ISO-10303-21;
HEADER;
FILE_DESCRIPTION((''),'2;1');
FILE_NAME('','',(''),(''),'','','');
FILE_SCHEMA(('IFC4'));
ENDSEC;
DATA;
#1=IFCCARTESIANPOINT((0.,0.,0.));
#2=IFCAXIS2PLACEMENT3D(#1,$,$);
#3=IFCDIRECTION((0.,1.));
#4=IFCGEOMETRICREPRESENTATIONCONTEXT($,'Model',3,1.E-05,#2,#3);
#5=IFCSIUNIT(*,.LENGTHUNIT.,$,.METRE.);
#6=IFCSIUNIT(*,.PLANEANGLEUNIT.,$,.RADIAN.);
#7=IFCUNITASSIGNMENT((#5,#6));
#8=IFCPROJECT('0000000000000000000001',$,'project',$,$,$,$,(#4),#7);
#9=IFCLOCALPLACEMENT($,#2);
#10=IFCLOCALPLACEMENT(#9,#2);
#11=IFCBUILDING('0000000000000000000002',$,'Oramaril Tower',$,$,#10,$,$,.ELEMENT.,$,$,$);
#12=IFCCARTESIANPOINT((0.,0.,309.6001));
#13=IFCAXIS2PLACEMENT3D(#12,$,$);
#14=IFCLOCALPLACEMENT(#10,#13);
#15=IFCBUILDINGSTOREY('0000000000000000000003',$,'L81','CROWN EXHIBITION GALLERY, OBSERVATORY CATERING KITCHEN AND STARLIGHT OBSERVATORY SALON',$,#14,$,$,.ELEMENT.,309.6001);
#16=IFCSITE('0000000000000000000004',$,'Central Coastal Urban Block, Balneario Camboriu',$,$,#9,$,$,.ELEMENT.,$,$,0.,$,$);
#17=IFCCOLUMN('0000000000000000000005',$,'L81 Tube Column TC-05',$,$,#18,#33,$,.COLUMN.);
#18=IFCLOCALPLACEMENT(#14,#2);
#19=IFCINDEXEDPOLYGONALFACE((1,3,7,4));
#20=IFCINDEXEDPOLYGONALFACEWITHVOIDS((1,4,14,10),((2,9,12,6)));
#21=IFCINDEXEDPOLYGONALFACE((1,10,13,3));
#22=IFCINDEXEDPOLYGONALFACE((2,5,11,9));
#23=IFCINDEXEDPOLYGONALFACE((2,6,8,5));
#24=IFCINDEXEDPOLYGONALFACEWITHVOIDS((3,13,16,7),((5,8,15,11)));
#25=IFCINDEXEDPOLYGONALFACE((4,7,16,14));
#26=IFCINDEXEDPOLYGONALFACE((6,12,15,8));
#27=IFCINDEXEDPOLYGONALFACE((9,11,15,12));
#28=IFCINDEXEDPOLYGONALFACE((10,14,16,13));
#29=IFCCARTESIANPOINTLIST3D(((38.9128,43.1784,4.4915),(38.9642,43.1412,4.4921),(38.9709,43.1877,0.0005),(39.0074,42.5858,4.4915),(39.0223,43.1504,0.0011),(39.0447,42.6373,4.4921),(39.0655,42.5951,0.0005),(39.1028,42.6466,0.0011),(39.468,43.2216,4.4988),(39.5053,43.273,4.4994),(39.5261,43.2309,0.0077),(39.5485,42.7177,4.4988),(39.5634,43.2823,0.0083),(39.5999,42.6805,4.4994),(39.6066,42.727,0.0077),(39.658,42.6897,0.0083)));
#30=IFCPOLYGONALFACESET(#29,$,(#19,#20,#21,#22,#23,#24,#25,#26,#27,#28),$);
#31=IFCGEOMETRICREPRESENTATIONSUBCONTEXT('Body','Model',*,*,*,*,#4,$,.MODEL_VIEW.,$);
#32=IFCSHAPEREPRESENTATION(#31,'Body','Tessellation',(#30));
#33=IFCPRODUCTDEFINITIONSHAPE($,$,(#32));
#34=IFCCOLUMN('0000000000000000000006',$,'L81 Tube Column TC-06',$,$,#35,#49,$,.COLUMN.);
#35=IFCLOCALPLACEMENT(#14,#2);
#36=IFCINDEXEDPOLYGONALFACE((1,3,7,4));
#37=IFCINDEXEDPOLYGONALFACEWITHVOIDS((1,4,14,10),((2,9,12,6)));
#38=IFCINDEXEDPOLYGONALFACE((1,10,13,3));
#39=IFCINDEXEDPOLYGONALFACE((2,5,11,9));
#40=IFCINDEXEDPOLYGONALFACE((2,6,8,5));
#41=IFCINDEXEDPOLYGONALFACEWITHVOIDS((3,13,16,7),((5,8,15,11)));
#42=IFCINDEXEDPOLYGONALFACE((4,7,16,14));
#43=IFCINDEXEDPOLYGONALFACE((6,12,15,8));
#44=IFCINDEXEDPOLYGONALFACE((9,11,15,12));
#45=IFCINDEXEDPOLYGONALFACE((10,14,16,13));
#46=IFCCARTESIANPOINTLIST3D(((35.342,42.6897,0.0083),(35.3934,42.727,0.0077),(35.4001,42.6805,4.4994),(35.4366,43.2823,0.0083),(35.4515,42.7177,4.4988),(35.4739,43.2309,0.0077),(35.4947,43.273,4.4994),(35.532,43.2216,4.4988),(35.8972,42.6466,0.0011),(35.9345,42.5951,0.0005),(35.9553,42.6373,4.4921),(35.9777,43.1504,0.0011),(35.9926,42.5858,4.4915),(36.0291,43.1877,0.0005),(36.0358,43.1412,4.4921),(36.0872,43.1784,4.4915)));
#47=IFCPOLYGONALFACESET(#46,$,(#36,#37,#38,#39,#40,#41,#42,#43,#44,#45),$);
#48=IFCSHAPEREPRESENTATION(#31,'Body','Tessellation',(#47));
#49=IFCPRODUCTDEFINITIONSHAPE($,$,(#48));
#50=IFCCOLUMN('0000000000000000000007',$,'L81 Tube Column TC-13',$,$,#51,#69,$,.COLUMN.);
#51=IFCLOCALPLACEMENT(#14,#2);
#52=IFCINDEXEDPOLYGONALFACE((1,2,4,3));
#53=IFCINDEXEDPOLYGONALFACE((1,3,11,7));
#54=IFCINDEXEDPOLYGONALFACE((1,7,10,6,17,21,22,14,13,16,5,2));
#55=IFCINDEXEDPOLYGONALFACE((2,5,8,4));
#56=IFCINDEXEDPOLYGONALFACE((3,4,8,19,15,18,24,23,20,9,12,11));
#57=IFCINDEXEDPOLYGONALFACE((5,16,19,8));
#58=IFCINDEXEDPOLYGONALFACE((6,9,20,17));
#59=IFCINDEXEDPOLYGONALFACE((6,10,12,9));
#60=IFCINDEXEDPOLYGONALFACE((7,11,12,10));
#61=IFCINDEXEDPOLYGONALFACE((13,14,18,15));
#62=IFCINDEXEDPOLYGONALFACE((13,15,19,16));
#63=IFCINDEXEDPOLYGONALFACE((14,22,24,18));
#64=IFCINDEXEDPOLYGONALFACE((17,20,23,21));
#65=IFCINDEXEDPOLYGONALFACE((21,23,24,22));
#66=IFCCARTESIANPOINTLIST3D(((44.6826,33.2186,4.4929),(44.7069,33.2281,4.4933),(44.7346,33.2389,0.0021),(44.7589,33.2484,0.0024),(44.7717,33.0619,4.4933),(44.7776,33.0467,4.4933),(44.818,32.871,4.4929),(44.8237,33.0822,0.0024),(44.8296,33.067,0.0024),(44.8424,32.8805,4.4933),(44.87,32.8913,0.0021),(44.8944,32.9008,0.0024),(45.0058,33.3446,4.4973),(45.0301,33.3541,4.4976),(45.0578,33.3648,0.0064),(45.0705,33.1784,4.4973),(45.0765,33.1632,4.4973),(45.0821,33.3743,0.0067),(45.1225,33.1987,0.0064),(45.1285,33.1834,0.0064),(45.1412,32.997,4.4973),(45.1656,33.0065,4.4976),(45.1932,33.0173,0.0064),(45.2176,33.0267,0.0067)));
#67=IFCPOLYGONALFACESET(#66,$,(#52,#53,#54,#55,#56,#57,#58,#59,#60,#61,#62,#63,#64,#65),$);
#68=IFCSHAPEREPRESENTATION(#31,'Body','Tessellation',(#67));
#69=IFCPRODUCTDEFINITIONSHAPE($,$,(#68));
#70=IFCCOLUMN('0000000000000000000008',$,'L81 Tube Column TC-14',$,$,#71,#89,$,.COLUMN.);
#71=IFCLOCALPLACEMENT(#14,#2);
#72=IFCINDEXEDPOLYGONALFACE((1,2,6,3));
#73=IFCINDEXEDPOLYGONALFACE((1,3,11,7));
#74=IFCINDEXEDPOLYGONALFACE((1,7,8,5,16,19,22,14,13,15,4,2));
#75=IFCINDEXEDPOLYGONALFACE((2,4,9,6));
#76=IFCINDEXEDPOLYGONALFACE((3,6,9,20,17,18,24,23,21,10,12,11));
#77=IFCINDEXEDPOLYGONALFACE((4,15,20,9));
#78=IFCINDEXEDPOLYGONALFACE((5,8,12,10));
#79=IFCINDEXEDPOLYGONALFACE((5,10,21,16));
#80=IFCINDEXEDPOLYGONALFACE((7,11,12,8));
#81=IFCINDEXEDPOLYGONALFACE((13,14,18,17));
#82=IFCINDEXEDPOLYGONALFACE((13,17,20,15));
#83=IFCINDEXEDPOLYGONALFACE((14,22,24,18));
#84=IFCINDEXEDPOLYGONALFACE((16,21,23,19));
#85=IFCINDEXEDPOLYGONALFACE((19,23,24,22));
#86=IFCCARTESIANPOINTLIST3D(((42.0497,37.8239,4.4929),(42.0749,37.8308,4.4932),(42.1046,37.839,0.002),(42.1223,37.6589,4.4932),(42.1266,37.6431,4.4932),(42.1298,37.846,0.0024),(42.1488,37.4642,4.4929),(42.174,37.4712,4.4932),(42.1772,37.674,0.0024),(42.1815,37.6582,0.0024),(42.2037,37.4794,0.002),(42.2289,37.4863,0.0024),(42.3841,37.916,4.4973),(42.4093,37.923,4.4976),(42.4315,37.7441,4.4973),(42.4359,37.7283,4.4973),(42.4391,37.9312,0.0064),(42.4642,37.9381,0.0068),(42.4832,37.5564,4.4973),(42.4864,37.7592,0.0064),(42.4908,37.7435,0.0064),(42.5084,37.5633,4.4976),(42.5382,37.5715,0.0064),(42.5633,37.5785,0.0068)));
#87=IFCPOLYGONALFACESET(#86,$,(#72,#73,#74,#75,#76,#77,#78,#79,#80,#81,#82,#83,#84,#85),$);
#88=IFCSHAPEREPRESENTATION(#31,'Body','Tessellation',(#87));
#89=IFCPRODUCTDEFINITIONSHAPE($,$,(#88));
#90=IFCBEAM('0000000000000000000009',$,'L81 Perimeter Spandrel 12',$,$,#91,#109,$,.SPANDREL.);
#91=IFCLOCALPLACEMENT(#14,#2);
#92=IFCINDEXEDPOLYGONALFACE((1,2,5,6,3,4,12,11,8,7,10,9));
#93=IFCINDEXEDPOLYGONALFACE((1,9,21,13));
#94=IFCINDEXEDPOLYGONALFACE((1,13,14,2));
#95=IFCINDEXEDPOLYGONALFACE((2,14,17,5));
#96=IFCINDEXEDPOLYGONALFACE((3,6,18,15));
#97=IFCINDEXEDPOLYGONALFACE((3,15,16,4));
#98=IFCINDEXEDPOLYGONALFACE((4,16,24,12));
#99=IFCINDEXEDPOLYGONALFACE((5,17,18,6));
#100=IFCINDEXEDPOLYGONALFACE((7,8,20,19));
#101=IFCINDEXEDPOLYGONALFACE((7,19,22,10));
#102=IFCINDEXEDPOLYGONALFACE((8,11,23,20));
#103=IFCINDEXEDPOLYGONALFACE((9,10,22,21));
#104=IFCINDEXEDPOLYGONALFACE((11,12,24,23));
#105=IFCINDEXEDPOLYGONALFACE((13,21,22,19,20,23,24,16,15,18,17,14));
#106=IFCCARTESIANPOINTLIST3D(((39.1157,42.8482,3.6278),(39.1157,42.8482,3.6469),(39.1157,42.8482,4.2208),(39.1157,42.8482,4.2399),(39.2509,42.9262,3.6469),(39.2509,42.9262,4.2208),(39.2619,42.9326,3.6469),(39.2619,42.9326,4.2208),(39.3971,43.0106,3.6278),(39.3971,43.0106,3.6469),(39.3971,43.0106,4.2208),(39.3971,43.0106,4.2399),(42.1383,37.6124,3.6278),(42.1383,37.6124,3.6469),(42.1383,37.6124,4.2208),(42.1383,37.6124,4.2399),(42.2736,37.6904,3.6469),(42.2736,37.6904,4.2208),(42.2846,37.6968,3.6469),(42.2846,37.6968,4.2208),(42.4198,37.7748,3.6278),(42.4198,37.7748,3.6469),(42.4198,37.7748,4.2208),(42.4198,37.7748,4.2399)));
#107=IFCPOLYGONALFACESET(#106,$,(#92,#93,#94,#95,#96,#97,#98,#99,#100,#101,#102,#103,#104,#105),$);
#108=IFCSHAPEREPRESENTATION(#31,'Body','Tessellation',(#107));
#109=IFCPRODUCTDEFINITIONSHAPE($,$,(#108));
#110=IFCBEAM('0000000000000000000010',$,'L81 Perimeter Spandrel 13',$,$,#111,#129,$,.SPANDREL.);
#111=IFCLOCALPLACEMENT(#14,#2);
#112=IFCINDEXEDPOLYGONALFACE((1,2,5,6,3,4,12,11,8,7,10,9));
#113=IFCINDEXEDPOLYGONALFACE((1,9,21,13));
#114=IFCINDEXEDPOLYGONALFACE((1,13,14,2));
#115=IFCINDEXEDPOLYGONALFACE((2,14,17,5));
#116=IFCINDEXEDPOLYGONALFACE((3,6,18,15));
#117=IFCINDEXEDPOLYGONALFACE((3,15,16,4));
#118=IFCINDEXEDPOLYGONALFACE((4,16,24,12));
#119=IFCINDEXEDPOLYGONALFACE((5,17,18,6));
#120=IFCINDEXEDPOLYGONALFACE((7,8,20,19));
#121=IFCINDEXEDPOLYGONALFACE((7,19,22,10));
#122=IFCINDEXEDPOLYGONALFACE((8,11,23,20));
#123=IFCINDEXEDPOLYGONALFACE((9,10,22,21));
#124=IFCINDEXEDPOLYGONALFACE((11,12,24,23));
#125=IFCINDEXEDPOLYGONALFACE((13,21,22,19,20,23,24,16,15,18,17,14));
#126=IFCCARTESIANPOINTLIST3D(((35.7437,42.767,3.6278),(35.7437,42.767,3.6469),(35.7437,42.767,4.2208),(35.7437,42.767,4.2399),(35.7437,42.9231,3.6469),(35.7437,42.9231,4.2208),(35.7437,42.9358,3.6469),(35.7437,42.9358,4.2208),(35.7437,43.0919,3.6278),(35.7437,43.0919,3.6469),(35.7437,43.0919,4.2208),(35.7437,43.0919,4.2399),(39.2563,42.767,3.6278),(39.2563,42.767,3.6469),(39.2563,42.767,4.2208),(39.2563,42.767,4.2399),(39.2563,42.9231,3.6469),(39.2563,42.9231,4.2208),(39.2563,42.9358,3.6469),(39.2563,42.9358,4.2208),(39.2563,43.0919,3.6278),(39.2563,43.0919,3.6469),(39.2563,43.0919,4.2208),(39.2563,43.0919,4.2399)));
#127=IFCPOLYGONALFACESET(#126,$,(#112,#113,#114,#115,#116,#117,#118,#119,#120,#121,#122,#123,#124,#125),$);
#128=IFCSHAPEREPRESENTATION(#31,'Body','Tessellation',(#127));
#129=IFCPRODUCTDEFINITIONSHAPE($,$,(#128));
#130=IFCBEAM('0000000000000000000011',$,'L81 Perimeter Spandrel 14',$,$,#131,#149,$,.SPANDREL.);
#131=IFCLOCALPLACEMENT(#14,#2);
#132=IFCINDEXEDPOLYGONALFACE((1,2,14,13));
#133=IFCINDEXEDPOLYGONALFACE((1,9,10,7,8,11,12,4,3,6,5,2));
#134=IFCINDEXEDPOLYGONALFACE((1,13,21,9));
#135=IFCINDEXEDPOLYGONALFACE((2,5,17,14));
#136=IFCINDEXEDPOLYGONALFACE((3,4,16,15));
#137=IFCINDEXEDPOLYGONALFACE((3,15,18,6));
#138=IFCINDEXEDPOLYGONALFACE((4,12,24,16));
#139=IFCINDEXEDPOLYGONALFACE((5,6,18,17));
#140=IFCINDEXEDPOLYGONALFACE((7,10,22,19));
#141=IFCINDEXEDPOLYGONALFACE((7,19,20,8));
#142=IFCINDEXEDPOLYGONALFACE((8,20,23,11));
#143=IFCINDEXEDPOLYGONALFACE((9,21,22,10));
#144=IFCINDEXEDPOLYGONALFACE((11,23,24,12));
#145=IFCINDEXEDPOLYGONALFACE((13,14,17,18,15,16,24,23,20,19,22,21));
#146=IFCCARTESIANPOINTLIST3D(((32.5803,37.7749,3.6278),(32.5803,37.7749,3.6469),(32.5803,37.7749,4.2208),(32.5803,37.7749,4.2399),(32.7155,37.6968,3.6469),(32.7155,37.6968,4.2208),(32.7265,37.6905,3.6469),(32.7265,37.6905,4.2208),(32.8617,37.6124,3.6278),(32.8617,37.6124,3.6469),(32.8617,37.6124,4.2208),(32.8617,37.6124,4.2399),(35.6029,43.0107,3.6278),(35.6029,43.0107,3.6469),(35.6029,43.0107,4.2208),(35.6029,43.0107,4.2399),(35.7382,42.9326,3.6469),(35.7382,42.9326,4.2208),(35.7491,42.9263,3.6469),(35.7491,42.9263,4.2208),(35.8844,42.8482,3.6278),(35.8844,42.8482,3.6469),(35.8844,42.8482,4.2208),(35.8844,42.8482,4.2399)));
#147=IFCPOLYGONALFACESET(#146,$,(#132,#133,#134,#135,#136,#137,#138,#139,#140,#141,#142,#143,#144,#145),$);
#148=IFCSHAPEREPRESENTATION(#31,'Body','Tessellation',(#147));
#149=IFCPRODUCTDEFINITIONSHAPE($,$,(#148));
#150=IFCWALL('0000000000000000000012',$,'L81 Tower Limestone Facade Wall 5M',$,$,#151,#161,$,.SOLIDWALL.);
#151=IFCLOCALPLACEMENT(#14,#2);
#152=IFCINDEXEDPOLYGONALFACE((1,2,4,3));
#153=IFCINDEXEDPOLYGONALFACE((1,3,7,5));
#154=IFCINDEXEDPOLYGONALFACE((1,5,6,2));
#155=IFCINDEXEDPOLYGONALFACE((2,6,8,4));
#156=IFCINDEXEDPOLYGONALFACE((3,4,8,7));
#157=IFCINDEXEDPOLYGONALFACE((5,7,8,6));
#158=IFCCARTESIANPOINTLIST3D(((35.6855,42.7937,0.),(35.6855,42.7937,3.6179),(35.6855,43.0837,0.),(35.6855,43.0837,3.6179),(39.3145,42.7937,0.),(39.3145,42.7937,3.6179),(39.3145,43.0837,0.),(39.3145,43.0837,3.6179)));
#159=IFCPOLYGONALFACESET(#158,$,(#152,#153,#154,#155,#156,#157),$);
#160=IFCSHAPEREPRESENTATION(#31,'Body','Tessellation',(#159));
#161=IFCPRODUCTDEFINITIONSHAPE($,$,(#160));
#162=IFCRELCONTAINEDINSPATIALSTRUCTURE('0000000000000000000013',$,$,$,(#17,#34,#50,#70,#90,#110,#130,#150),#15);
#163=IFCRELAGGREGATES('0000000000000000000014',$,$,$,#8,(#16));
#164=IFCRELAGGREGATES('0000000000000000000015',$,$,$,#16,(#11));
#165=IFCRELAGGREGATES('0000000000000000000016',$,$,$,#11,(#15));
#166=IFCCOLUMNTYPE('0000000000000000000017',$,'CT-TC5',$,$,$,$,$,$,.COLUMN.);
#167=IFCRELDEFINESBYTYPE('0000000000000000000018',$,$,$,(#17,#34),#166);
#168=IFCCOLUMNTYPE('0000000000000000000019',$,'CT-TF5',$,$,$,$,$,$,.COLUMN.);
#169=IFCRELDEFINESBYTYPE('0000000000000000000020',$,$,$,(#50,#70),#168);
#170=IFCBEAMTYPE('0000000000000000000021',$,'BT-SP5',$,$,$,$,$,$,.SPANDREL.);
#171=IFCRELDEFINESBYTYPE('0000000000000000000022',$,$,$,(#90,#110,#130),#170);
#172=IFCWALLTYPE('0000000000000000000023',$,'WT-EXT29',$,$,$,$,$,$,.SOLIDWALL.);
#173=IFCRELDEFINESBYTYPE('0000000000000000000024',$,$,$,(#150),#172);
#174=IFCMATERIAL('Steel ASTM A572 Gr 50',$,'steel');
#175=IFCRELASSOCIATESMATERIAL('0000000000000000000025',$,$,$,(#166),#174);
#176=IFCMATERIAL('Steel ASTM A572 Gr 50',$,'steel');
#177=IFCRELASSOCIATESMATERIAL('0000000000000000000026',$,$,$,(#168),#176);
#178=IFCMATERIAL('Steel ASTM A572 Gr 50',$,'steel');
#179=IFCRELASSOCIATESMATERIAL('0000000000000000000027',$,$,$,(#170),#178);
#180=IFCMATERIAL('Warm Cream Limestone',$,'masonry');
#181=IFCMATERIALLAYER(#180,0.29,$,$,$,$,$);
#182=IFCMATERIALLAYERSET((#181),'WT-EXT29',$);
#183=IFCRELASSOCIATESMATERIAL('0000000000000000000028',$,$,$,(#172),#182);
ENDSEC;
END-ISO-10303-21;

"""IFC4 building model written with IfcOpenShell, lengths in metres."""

from ifc_helpers import new_model, si_unit, direction, frame, frame_2d, origin, origin_2d, place, context, subcontext, project, spatial, rectangle, hollow_rectangle, i_section, extrude, material, layer, layer_set, material_profile, profile_set, type_object, element, save


model = new_model("IFC4")

# Units and contexts
model_context = context("Model", 3, precision=1e-05, world=origin(), true_north=direction((0.0, 1.0)))
body_context = subcontext(model_context, "Body", "Model", "MODEL_VIEW")
ifc_project = project(units=[si_unit("LENGTHUNIT", "METRE"), si_unit("PLANEANGLEUNIT", "RADIAN")], contexts=[model_context])

# Site, building, storey
site_placement = place(None, origin())
site = spatial("IfcSite", under=ifc_project, at=site_placement, Name="Central Coastal Urban Block, Balneario Camboriu", CompositionType="ELEMENT", RefElevation=0.0)
building_placement = place(site_placement, origin())
building = spatial("IfcBuilding", under=site, at=building_placement, Name="Oramaril Tower", CompositionType="ELEMENT")
storey_placement = place(building_placement, frame((0.0, 0.0, 309.6001)))
storey = spatial("IfcBuildingStorey", under=building, at=storey_placement, Name="L81", Description="CROWN EXHIBITION GALLERY, OBSERVATORY CATERING KITCHEN AND STARLIGHT OBSERVATORY SALON", CompositionType="ELEMENT", Elevation=309.6001)

# Columns
ifc_material_1 = material(Name="Steel ASTM A572 Gr 50", Category="steel")
ifc_material_profile_1 = material_profile(ifc_material_1, hollow_rectangle(XDim=0.6001, YDim=0.6001, WallThickness=0.0449, at=origin_2d()), Name="BOX600X600X45")
ifc_profile_set_1 = profile_set([ifc_material_profile_1], Name="Steel ASTM A572 Gr 50")
column_type_1 = type_object("IfcColumnType", Name="CT-TC5", PredefinedType="COLUMN", material=ifc_profile_set_1)
for number, where, z_axis, x_axis, name in (
    (1, (39.3145, 42.9387, 0.0044), (-0.012937, -0.002066, 0.999914), (0.157667, -0.987492, 0.0), "L81 Tube Column TC-05"),
    (2, (35.6855, 42.9387, 0.0044), (0.012937, -0.002066, 0.999914), (0.157667, 0.987492, 0.0), "L81 Tube Column TC-06"),
):
    element("IfcColumn", number, at=place(storey_placement, frame(where, z_axis=z_axis, x_axis=x_axis)), inside=storey, type_object=column_type_1, Name=name, PredefinedType="COLUMN", context=body_context, shape_type="SweptSolid", body=[
        extrude(hollow_rectangle(XDim=0.6001, YDim=0.6001, WallThickness=0.0449, at=origin_2d()), origin(), (0.0, 0.0, 1.0), 4.4915),
    ])
ifc_material_2 = material(Name="Steel ASTM A572 Gr 50", Category="steel")
ifc_material_profile_2 = material_profile(ifc_material_2, i_section(OverallWidth=0.373, OverallDepth=0.373, WebThickness=0.0164, FlangeThickness=0.0261, at=origin_2d()), Name="W14X132")
ifc_profile_set_2 = profile_set([ifc_material_profile_2], Name="Steel ASTM A572 Gr 50")
column_type_2 = type_object("IfcColumnType", Name="CT-TF5", PredefinedType="COLUMN", material=ifc_profile_set_2)
for number, where, z_axis, x_axis, name in (
    (3, (44.9761, 33.1328, 0.0044), (-0.011578, -0.004512, 0.999923), (0.363079, -0.931758, 0.0), "L81 Tube Column TC-13"),
    (4, (42.334, 37.7087, 0.0044), (-0.012231, -0.00337, 0.99992), (0.265654, -0.964068, 0.0), "L81 Tube Column TC-14"),
):
    element("IfcColumn", number, at=place(storey_placement, frame(where, z_axis=z_axis, x_axis=x_axis)), inside=storey, type_object=column_type_2, Name=name, PredefinedType="COLUMN", context=body_context, shape_type="SweptSolid", body=[
        extrude(i_section(OverallWidth=0.373, OverallDepth=0.373, WebThickness=0.0164, FlangeThickness=0.0261, at=origin_2d()), origin(), (0.0, 0.0, 1.0), 4.4912),
    ])

# Beams
ifc_material_3 = material(Name="Steel ASTM A572 Gr 50", Category="steel")
ifc_material_profile_3 = material_profile(ifc_material_3, i_section(OverallWidth=0.325, OverallDepth=0.6121, WebThickness=0.0127, FlangeThickness=0.019, at=origin_2d()), Name="W24X104")
ifc_profile_set_3 = profile_set([ifc_material_profile_3], Name="Steel ASTM A572 Gr 50")
beam_type = type_object("IfcBeamType", Name="BT-SP5", PredefinedType="SPANDREL", material=ifc_profile_set_3)
beam_1_placement = place(storey_placement, frame((42.2791, 37.6936, 3.9338), z_axis=(-0.499974, 0.86604, 0.0), x_axis=(-0.86604, -0.499974, 0.0)))
element("IfcBeam", 5, at=beam_1_placement, inside=storey, type_object=beam_type, Name="L81 Perimeter Spandrel 12", PredefinedType="SPANDREL", context=body_context, shape_type="SweptSolid", body=[
    extrude(i_section(OverallWidth=0.325, OverallDepth=0.6121, WebThickness=0.0127, FlangeThickness=0.019, at=origin_2d()), origin(), (0.0, 0.0, 1.0), 6.0457),
])
beam_2_placement = place(storey_placement, frame((39.2563, 42.9294, 3.9338), z_axis=(-1.0, 0.0, 0.0), x_axis=(0.0, -1.0, 0.0)))
element("IfcBeam", 6, at=beam_2_placement, inside=storey, type_object=beam_type, Name="L81 Perimeter Spandrel 13", PredefinedType="SPANDREL", context=body_context, shape_type="SweptSolid", body=[
    extrude(i_section(OverallWidth=0.325, OverallDepth=0.6121, WebThickness=0.0127, FlangeThickness=0.019, at=origin_2d()), origin(), (0.0, 0.0, 1.0), 3.5127),
])
beam_3_placement = place(storey_placement, frame((35.7437, 42.9294, 3.9338), z_axis=(-0.499974, -0.86604, 0.0), x_axis=(0.86604, -0.499974, 0.0)))
element("IfcBeam", 7, at=beam_3_placement, inside=storey, type_object=beam_type, Name="L81 Perimeter Spandrel 14", PredefinedType="SPANDREL", context=body_context, shape_type="SweptSolid", body=[
    extrude(i_section(OverallWidth=0.325, OverallDepth=0.6121, WebThickness=0.0127, FlangeThickness=0.019, at=origin_2d()), origin(), (0.0, 0.0, 1.0), 6.0457),
])

# Wall
ifc_material_4 = material(Name="Warm Cream Limestone", Category="masonry")
ifc_layer_1 = layer(ifc_material_4, 0.29)
ifc_layer_set_1 = layer_set([ifc_layer_1], Name="WT-EXT29")
wall_type = type_object("IfcWallType", Name="WT-EXT29", PredefinedType="SOLIDWALL", material=ifc_layer_set_1)
wall_1_placement = place(storey_placement, frame((39.3145, 42.9387, 0.0), z_axis=(0.0, 0.0, 1.0), x_axis=(-1.0, 0.0, 0.0)))
element("IfcWall", 8, at=wall_1_placement, inside=storey, type_object=wall_type, Name="L81 Tower Limestone Facade Wall 5M", PredefinedType="SOLIDWALL", context=body_context, shape_type="SweptSolid", body=[
    extrude(rectangle(XDim=3.6289, YDim=0.29, at=frame_2d((1.8145, 0.0))), origin(), (0.0, 0.0, 1.0), 3.6179),
])

save(model, "model.ifc")
